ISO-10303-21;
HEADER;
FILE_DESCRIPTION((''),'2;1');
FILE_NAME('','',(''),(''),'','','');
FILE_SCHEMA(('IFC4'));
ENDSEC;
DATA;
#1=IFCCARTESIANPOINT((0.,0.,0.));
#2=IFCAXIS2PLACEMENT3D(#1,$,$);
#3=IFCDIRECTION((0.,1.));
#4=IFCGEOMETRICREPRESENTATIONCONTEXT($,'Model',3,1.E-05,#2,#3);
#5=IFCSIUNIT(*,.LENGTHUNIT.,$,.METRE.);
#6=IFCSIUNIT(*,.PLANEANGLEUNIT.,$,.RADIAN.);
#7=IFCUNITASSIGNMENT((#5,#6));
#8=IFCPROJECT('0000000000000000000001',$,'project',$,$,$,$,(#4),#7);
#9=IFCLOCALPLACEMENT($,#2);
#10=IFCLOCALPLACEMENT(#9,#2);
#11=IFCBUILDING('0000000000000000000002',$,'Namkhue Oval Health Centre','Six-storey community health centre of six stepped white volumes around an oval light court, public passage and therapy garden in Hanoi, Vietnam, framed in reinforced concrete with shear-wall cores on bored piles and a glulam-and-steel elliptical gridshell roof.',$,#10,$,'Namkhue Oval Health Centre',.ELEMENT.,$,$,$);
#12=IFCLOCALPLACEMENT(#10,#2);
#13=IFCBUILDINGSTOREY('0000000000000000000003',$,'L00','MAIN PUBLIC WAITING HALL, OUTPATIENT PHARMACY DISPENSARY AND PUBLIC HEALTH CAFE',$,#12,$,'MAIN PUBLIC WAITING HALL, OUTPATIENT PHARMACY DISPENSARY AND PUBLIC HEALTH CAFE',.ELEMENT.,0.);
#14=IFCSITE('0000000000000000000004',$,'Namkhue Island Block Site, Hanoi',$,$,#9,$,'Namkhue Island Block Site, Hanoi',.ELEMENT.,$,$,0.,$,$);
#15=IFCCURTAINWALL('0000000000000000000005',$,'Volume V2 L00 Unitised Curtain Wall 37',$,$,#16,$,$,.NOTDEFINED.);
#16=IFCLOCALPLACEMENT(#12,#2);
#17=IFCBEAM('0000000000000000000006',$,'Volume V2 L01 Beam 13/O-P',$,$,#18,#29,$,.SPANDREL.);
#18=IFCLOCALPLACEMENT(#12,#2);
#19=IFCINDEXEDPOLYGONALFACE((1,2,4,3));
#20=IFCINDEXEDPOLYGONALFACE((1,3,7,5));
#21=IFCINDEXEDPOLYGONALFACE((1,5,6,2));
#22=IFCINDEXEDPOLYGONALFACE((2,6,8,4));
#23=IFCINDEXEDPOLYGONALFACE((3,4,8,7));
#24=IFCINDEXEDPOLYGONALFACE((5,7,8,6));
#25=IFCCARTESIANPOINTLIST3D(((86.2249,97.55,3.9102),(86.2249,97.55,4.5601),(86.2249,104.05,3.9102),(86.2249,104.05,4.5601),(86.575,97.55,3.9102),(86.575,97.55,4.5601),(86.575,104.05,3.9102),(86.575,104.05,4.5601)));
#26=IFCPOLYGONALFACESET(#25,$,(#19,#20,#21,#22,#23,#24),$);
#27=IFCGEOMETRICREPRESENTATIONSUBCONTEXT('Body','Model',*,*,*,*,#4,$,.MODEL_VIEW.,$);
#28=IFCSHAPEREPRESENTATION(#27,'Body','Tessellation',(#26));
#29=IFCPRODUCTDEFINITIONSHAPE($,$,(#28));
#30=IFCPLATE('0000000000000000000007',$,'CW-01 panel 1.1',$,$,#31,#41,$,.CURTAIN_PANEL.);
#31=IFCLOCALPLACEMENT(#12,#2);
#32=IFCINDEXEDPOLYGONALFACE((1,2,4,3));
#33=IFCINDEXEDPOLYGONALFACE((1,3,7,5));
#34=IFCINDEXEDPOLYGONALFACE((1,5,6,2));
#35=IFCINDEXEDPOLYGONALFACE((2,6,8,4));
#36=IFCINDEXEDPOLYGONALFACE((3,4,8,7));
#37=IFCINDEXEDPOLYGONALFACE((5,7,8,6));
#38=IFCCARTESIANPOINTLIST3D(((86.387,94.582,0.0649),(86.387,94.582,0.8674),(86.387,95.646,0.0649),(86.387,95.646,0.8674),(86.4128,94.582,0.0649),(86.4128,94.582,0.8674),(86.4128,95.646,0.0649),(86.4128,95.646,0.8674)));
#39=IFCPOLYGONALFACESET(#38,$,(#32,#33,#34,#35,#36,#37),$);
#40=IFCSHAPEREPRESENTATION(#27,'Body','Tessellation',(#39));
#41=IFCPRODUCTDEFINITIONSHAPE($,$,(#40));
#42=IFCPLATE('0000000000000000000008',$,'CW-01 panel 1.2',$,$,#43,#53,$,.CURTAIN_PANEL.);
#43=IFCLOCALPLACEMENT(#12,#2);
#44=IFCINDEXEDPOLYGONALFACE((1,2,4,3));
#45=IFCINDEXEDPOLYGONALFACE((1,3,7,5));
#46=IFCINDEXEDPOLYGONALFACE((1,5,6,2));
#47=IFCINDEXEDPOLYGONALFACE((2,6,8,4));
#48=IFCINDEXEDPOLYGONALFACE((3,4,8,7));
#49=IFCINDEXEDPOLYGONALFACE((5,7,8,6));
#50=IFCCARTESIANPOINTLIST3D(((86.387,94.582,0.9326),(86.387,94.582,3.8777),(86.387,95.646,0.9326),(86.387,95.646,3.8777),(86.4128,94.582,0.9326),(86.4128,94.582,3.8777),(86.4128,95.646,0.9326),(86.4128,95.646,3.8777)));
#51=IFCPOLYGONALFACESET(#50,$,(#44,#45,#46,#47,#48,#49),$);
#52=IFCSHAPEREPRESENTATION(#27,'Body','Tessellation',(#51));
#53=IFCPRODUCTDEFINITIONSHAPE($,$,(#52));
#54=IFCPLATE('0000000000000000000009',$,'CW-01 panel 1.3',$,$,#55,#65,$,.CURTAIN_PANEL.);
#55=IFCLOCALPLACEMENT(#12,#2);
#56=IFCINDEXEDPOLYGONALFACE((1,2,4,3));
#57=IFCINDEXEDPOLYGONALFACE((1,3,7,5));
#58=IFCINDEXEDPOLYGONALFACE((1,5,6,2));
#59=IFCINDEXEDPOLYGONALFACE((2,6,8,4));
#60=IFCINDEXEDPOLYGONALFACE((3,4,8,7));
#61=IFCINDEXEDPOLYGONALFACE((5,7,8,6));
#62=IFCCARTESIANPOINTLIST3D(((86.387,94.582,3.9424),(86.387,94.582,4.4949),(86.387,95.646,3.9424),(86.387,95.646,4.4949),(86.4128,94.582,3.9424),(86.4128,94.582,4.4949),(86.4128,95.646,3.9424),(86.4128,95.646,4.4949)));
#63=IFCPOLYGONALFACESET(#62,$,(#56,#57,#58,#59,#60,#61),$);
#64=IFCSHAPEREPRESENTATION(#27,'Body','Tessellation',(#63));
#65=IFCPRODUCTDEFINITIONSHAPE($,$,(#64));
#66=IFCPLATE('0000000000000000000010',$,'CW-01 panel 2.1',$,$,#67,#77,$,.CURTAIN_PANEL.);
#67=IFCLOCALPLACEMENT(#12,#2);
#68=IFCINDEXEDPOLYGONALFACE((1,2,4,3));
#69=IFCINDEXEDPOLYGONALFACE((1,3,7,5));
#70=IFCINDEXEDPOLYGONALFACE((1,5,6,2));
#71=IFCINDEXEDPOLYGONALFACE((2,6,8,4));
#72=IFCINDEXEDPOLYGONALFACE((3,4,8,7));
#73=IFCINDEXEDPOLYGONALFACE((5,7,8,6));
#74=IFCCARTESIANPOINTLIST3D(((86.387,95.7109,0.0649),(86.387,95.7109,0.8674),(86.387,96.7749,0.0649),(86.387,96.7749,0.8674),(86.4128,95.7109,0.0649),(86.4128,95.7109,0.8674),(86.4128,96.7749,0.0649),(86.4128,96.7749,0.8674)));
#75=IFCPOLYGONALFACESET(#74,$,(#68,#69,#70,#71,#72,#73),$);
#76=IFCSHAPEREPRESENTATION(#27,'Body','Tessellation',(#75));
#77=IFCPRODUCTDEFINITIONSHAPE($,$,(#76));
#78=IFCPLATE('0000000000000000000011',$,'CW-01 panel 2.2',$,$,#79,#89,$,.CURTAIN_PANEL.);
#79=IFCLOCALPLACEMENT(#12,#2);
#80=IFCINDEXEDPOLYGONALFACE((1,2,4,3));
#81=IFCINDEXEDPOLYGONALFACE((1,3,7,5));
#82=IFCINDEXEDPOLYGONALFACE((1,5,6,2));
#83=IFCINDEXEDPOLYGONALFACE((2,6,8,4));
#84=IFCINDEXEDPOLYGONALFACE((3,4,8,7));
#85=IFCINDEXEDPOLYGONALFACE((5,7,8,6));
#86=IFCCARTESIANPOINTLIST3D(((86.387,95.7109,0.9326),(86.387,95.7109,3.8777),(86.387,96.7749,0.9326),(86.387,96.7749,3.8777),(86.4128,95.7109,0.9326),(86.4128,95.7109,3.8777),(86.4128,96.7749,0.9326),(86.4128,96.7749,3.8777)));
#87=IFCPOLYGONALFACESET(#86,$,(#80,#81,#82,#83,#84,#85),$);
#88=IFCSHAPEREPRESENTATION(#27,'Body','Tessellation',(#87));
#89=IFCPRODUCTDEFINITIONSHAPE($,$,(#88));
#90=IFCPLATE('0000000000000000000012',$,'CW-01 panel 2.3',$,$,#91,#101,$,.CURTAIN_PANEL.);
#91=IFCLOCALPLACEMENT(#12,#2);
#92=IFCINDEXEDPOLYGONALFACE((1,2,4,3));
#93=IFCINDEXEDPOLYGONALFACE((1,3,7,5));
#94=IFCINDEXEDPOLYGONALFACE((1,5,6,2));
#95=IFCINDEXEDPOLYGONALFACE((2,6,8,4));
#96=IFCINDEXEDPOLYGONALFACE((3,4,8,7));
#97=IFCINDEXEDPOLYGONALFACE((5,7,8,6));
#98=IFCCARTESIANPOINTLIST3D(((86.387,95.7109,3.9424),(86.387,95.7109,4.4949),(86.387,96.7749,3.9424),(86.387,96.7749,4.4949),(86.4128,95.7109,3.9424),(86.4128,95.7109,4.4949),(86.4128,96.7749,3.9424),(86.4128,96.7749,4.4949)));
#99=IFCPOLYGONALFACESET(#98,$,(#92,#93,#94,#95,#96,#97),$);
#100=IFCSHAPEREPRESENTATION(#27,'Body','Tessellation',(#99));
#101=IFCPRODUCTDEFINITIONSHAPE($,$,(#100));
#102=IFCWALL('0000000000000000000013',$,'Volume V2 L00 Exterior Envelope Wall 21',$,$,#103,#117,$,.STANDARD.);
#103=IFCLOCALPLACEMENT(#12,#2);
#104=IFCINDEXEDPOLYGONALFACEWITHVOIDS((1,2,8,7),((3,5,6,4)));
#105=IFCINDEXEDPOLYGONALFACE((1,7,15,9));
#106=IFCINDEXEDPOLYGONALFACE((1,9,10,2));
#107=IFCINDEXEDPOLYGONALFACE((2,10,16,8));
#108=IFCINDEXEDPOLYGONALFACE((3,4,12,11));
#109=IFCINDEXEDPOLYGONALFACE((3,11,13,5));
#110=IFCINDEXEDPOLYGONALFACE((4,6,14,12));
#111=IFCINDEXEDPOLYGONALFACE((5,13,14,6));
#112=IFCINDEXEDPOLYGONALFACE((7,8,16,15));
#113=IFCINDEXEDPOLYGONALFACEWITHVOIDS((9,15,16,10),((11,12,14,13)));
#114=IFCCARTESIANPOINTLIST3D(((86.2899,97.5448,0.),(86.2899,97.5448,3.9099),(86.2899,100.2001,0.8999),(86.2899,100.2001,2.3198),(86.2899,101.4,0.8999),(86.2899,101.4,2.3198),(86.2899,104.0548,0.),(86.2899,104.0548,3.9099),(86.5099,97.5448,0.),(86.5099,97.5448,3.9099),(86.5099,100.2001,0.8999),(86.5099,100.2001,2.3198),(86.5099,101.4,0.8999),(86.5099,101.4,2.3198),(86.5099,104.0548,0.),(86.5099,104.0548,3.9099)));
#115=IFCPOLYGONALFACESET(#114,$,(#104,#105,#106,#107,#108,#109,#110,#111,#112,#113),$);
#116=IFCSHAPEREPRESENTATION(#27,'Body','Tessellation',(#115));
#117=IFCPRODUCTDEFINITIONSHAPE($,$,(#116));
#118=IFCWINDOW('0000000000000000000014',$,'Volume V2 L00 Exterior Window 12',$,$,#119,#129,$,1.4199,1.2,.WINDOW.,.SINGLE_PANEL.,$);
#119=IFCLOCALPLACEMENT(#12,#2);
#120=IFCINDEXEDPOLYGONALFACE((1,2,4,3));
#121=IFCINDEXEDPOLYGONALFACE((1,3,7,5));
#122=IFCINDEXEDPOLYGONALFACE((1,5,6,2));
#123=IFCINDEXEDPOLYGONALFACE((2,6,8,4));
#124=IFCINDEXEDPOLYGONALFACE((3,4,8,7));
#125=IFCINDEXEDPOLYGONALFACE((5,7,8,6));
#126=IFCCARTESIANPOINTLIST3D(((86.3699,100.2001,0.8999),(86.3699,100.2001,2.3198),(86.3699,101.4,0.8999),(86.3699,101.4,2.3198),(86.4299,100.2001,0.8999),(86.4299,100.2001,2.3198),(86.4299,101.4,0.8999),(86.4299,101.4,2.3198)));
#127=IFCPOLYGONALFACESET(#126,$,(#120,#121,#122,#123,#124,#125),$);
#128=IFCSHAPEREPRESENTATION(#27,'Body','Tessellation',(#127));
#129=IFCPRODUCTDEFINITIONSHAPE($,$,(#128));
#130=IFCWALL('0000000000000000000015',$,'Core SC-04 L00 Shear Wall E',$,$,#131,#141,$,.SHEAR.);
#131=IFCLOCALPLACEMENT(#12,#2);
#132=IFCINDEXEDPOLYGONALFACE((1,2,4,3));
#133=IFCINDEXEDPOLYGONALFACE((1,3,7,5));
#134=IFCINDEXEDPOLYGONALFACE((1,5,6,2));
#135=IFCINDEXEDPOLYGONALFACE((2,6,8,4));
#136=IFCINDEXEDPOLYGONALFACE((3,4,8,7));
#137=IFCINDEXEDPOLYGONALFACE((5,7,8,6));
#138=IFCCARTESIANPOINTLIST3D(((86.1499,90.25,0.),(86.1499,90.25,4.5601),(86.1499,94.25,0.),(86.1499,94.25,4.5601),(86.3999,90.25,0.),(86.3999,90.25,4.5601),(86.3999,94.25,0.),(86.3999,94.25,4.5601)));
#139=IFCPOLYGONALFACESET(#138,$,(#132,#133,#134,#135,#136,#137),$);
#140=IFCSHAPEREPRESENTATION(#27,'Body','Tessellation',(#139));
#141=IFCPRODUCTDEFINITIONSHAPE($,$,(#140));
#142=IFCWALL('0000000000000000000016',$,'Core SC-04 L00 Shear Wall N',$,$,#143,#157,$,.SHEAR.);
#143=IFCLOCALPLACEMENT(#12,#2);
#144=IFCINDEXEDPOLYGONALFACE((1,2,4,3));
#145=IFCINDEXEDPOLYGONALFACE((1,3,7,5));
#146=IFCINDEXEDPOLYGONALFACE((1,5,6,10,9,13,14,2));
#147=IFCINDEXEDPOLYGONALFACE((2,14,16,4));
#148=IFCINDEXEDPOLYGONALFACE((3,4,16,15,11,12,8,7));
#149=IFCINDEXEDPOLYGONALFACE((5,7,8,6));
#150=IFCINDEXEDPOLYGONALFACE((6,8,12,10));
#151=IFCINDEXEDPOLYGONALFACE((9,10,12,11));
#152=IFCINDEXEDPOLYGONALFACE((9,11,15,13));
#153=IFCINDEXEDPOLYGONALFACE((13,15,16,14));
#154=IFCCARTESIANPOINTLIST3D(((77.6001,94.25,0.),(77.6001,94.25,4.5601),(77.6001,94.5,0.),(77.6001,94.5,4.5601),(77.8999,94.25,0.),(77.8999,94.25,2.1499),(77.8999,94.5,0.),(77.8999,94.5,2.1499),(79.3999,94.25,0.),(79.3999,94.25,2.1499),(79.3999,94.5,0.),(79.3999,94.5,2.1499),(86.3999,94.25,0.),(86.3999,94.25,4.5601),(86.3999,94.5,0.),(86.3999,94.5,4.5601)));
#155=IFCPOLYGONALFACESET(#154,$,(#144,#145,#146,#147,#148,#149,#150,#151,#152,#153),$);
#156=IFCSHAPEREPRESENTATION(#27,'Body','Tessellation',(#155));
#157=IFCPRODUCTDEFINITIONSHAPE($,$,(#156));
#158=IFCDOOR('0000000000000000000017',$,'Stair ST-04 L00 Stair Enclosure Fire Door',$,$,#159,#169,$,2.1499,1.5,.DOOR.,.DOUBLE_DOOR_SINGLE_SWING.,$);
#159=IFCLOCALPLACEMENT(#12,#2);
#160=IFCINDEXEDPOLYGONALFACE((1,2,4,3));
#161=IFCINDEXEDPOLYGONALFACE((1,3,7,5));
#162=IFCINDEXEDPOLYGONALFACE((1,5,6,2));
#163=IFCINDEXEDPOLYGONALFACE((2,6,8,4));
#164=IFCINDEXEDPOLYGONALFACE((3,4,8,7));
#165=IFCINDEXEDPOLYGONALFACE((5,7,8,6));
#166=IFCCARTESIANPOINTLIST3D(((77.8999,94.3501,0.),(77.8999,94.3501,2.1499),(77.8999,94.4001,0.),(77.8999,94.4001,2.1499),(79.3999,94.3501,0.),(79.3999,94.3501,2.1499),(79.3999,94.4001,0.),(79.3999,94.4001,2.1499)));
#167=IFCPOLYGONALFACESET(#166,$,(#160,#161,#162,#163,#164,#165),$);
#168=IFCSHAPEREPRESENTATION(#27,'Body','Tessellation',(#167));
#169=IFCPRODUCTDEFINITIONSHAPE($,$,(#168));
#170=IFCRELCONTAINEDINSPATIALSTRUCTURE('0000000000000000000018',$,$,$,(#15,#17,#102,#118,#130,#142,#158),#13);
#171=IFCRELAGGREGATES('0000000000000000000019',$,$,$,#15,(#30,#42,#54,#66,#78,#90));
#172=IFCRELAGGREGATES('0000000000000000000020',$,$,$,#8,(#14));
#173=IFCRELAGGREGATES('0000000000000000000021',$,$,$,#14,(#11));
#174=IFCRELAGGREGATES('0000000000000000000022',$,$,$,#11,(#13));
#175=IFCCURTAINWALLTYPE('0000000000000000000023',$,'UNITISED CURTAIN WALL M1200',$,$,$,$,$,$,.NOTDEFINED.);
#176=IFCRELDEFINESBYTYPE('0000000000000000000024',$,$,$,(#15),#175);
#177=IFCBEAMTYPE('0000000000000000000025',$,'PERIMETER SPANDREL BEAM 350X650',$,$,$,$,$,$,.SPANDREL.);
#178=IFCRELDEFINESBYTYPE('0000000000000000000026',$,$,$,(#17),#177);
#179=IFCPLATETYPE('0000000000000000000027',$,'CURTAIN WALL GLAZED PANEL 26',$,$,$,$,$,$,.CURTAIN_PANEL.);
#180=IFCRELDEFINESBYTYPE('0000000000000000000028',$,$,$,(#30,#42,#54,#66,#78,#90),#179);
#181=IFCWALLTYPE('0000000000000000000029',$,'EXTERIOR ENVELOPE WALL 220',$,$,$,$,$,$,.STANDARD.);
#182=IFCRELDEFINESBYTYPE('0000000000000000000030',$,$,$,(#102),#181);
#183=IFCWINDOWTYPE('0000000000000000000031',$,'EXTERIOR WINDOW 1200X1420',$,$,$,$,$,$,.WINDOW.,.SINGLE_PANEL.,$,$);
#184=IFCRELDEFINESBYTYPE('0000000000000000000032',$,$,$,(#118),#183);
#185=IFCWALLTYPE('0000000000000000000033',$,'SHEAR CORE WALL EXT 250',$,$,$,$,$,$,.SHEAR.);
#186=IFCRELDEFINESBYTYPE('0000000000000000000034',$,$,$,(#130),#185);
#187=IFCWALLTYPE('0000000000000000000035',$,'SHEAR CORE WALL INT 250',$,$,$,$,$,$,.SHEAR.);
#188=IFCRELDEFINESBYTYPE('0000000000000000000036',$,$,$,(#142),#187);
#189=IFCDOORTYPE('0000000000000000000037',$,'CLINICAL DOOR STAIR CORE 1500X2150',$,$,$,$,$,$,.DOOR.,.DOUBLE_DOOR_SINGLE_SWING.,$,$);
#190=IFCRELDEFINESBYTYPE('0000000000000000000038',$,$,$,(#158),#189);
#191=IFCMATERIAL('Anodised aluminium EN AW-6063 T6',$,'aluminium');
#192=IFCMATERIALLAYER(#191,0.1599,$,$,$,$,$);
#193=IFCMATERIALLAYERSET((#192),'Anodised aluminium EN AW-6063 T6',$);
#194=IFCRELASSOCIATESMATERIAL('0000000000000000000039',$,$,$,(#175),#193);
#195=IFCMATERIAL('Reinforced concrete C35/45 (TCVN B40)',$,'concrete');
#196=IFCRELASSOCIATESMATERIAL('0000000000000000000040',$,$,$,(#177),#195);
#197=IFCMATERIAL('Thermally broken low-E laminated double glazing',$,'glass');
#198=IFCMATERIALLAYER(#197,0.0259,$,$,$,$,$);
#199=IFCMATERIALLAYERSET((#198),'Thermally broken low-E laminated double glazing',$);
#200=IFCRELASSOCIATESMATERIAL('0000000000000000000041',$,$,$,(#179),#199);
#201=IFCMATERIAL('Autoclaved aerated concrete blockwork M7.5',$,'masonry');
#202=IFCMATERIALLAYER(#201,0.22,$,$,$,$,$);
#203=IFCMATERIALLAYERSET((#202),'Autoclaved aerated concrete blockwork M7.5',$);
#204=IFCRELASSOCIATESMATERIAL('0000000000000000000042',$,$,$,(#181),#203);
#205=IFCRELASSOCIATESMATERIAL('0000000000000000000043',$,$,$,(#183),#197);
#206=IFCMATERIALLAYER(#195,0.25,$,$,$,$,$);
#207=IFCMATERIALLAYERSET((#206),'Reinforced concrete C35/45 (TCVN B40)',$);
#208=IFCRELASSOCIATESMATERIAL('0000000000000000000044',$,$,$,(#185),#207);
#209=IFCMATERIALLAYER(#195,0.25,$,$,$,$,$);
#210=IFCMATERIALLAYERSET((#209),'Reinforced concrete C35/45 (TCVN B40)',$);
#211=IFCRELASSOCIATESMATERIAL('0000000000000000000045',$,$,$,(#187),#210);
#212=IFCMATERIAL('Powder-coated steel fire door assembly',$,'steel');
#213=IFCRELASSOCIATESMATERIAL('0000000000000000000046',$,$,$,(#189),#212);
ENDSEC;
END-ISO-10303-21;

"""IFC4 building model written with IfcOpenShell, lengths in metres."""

from ifc_helpers import new_model, si_unit, direction, frame, frame_2d, origin, origin_2d, place, context, subcontext, project, spatial, rectangle, extrude, material, layer, layer_set, material_profile, profile_set, type_object, element, fill, aggregate, save


model = new_model("IFC4")

# Units and contexts
model_context = context("Model", 3, precision=1e-05, world=origin(), true_north=direction((0.0, 1.0)))
body_context = subcontext(model_context, "Body", "Model", "MODEL_VIEW")
ifc_project = project(units=[si_unit("LENGTHUNIT", "METRE"), si_unit("PLANEANGLEUNIT", "RADIAN")], contexts=[model_context])

# Site, building, storey
site_placement = place(None, origin())
site = spatial("IfcSite", under=ifc_project, at=site_placement, Name="Namkhue Island Block Site, Hanoi", LongName="Namkhue Island Block Site, Hanoi", CompositionType="ELEMENT", RefElevation=0.0)
building_placement = place(site_placement, origin())
building = spatial("IfcBuilding", under=site, at=building_placement, Name="Namkhue Oval Health Centre", Description="Six-storey community health centre of six stepped white volumes around an oval light court, public passage and therapy garden in Hanoi, Vietnam, framed in reinforced concrete with shear-wall cores on bored piles and a glulam-and-steel elliptical gridshell roof.", LongName="Namkhue Oval Health Centre", CompositionType="ELEMENT")
storey_placement = place(building_placement, origin())
storey = spatial("IfcBuildingStorey", under=building, at=storey_placement, Name="L00", Description="MAIN PUBLIC WAITING HALL, OUTPATIENT PHARMACY DISPENSARY AND PUBLIC HEALTH CAFE", LongName="MAIN PUBLIC WAITING HALL, OUTPATIENT PHARMACY DISPENSARY AND PUBLIC HEALTH CAFE", CompositionType="ELEMENT", Elevation=0.0)

# Shared definitions
ifc_material_1 = material(Name="Reinforced concrete C35/45 (TCVN B40)", Category="concrete")

# Curtain wall
ifc_material_2 = material(Name="Anodised aluminium EN AW-6063 T6", Category="aluminium")
ifc_layer_1 = layer(ifc_material_2, 0.1599)
ifc_layer_set_1 = layer_set([ifc_layer_1], Name="Anodised aluminium EN AW-6063 T6")
curtain_wall_type = type_object("IfcCurtainWallType", Name="UNITISED CURTAIN WALL M1200", PredefinedType="NOTDEFINED", material=ifc_layer_set_1)
curtain_wall_placement = place(storey_placement, origin())
curtain_wall = element("IfcCurtainWall", 1, at=curtain_wall_placement, inside=storey, type_object=curtain_wall_type, Name="Volume V2 L00 Unitised Curtain Wall 37", PredefinedType="NOTDEFINED")

# Beam
ifc_material_profile_1 = material_profile(ifc_material_1, rectangle(XDim=0.3501, YDim=0.6499, at=origin_2d()), Name="RC 350x650")
ifc_profile_set_1 = profile_set([ifc_material_profile_1], Name="Reinforced concrete C35/45 (TCVN B40)")
beam_type = type_object("IfcBeamType", Name="PERIMETER SPANDREL BEAM 350X650", PredefinedType="SPANDREL", material=ifc_profile_set_1)
beam_placement = place(storey_placement, frame((86.3999, 97.55, 4.2351), z_axis=(0.0, 1.0, 0.0), x_axis=(-1.0, 0.0, 0.0)))
element("IfcBeam", 2, at=beam_placement, inside=storey, type_object=beam_type, Name="Volume V2 L01 Beam 13/O-P", PredefinedType="SPANDREL", context=body_context, shape_type="SweptSolid", body=[
    extrude(rectangle(XDim=0.3501, YDim=0.6499, at=origin_2d()), origin(), (0.0, 0.0, 1.0), 6.5),
])

# Plates
ifc_material_3 = material(Name="Thermally broken low-E laminated double glazing", Category="glass")
ifc_layer_2 = layer(ifc_material_3, 0.0259)
ifc_layer_set_2 = layer_set([ifc_layer_2], Name="Thermally broken low-E laminated double glazing")
plate_type = type_object("IfcPlateType", Name="CURTAIN WALL GLAZED PANEL 26", PredefinedType="CURTAIN_PANEL", material=ifc_layer_set_2)
plate_1_placement = place(storey_placement, frame((86.3999, 95.114, 0.0649), z_axis=(0.0, 0.0, 1.0), x_axis=(0.0, 1.0, 0.0)))
plate_1 = element("IfcPlate", 3, at=plate_1_placement, type_object=plate_type, Name="CW-01 panel 1.1", PredefinedType="CURTAIN_PANEL", context=body_context, shape_type="SweptSolid", body=[
    extrude(rectangle(XDim=1.064, YDim=0.0259, at=origin_2d()), origin(), (0.0, 0.0, 1.0), 0.8025),
])
plate_2_placement = place(storey_placement, frame((86.3999, 95.114, 0.9326), z_axis=(0.0, 0.0, 1.0), x_axis=(0.0, 1.0, 0.0)))
plate_2 = element("IfcPlate", 4, at=plate_2_placement, type_object=plate_type, Name="CW-01 panel 1.2", PredefinedType="CURTAIN_PANEL", context=body_context, shape_type="SweptSolid", body=[
    extrude(rectangle(XDim=1.064, YDim=0.0259, at=origin_2d()), origin(), (0.0, 0.0, 1.0), 2.9451),
])
plate_3_placement = place(storey_placement, frame((86.3999, 95.114, 3.9424), z_axis=(0.0, 0.0, 1.0), x_axis=(0.0, 1.0, 0.0)))
plate_3 = element("IfcPlate", 5, at=plate_3_placement, type_object=plate_type, Name="CW-01 panel 1.3", PredefinedType="CURTAIN_PANEL", context=body_context, shape_type="SweptSolid", body=[
    extrude(rectangle(XDim=1.064, YDim=0.0259, at=origin_2d()), origin(), (0.0, 0.0, 1.0), 0.5525),
])
plate_4_placement = place(storey_placement, frame((86.3999, 96.2429, 0.0649), z_axis=(0.0, 0.0, 1.0), x_axis=(0.0, 1.0, 0.0)))
plate_4 = element("IfcPlate", 6, at=plate_4_placement, type_object=plate_type, Name="CW-01 panel 2.1", PredefinedType="CURTAIN_PANEL", context=body_context, shape_type="SweptSolid", body=[
    extrude(rectangle(XDim=1.064, YDim=0.0259, at=origin_2d()), origin(), (0.0, 0.0, 1.0), 0.8025),
])
plate_5_placement = place(storey_placement, frame((86.3999, 96.2429, 0.9326), z_axis=(0.0, 0.0, 1.0), x_axis=(0.0, 1.0, 0.0)))
plate_5 = element("IfcPlate", 7, at=plate_5_placement, type_object=plate_type, Name="CW-01 panel 2.2", PredefinedType="CURTAIN_PANEL", context=body_context, shape_type="SweptSolid", body=[
    extrude(rectangle(XDim=1.064, YDim=0.0259, at=origin_2d()), origin(), (0.0, 0.0, 1.0), 2.9451),
])
plate_6_placement = place(storey_placement, frame((86.3999, 96.2429, 3.9424), z_axis=(0.0, 0.0, 1.0), x_axis=(0.0, 1.0, 0.0)))
plate_6 = element("IfcPlate", 8, at=plate_6_placement, type_object=plate_type, Name="CW-01 panel 2.3", PredefinedType="CURTAIN_PANEL", context=body_context, shape_type="SweptSolid", body=[
    extrude(rectangle(XDim=1.064, YDim=0.0259, at=origin_2d()), origin(), (0.0, 0.0, 1.0), 0.5525),
])
aggregate(curtain_wall, [plate_1, plate_2, plate_3, plate_4, plate_5, plate_6])

# Wall, opening, window
ifc_material_4 = material(Name="Autoclaved aerated concrete blockwork M7.5", Category="masonry")
ifc_layer_3 = layer(ifc_material_4, 0.22)
ifc_layer_set_3 = layer_set([ifc_layer_3], Name="Autoclaved aerated concrete blockwork M7.5")
wall_type_1 = type_object("IfcWallType", Name="EXTERIOR ENVELOPE WALL 220", PredefinedType="STANDARD", material=ifc_layer_set_3)
wall_1_placement = place(storey_placement, frame((86.3999, 97.5449, 0.0), z_axis=(0.0, 0.0, 1.0), x_axis=(0.0, 1.0, 0.0)))
wall_1 = element("IfcWall", 9, at=wall_1_placement, inside=storey, type_object=wall_type_1, Name="Volume V2 L00 Exterior Envelope Wall 21", PredefinedType="STANDARD", context=body_context, shape_type="SweptSolid", body=[
    extrude(rectangle(XDim=6.51, YDim=0.22, at=frame_2d((3.2549, 0.0))), origin(), (0.0, 0.0, 1.0), 3.9099),
])
opening_1_placement = place(wall_1_placement, frame((2.655, 0.0, 0.8999)))
opening_1 = element("IfcOpeningElement", 10, at=opening_1_placement, cuts=wall_1, PredefinedType="OPENING", context=body_context, shape_type="SweptSolid", body=[
    extrude(rectangle(XDim=1.2, YDim=1.4199, at=frame_2d((0.6001, 0.71))), frame((0.0, 0.1199, 0.0), z_axis=(0.0, -1.0, 0.0), x_axis=(1.0, 0.0, 0.0)), (0.0, 0.0, 1.0), 0.24),
])
window_type = type_object("IfcWindowType", Name="EXTERIOR WINDOW 1200X1420", PartitioningType="SINGLE_PANEL", PredefinedType="WINDOW", material=ifc_material_3)
window_placement = place(opening_1_placement, origin())
window = element("IfcWindow", 11, at=window_placement, inside=storey, type_object=window_type, Name="Volume V2 L00 Exterior Window 12", OverallHeight=1.4199, OverallWidth=1.2, PartitioningType="SINGLE_PANEL", PredefinedType="WINDOW", context=body_context, shape_type="SweptSolid", body=[
    extrude(rectangle(XDim=1.2, YDim=1.4199, at=frame_2d((0.6001, 0.71))), frame((0.0, 0.03, 0.0), z_axis=(0.0, -1.0, 0.0), x_axis=(1.0, 0.0, 0.0)), (0.0, 0.0, 1.0), 0.0601),
])
fill(opening_1, window)

# Wall
ifc_layer_4 = layer(ifc_material_1, 0.25)
ifc_layer_set_4 = layer_set([ifc_layer_4], Name="Reinforced concrete C35/45 (TCVN B40)")
wall_type_2 = type_object("IfcWallType", Name="SHEAR CORE WALL EXT 250", PredefinedType="SHEAR", material=ifc_layer_set_4)
wall_2_placement = place(storey_placement, frame((86.2749, 90.25, 0.0), z_axis=(0.0, 0.0, 1.0), x_axis=(0.0, 1.0, 0.0)))
element("IfcWall", 12, at=wall_2_placement, inside=storey, type_object=wall_type_2, Name="Core SC-04 L00 Shear Wall E", PredefinedType="SHEAR", context=body_context, shape_type="SweptSolid", body=[
    extrude(rectangle(XDim=4.0, YDim=0.25, at=frame_2d((2.0, 0.0))), origin(), (0.0, 0.0, 1.0), 4.5601),
])

# Wall, opening, door
ifc_layer_5 = layer(ifc_material_1, 0.25)
ifc_layer_set_5 = layer_set([ifc_layer_5], Name="Reinforced concrete C35/45 (TCVN B40)")
wall_type_3 = type_object("IfcWallType", Name="SHEAR CORE WALL INT 250", PredefinedType="SHEAR", material=ifc_layer_set_5)
wall_3_placement = place(storey_placement, frame((86.3999, 94.375, 0.0), z_axis=(0.0, 0.0, 1.0), x_axis=(-1.0, 0.0, 0.0)))
wall_3 = element("IfcWall", 13, at=wall_3_placement, inside=storey, type_object=wall_type_3, Name="Core SC-04 L00 Shear Wall N", PredefinedType="SHEAR", context=body_context, shape_type="SweptSolid", body=[
    extrude(rectangle(XDim=8.7998, YDim=0.25, at=frame_2d((4.3999, 0.0))), origin(), (0.0, 0.0, 1.0), 4.5601),
])
opening_2_placement = place(wall_3_placement, frame((7.0, 0.0, 0.0)))
opening_2 = element("IfcOpeningElement", 14, at=opening_2_placement, cuts=wall_3, PredefinedType="OPENING", context=body_context, shape_type="SweptSolid", body=[
    extrude(rectangle(XDim=1.5, YDim=2.1499, at=frame_2d((0.75, 1.075))), frame((0.0, 0.135, 0.0), z_axis=(0.0, -1.0, 0.0), x_axis=(1.0, 0.0, 0.0)), (0.0, 0.0, 1.0), 0.27),
])
ifc_material_5 = material(Name="Powder-coated steel fire door assembly", Category="steel")
door_type = type_object("IfcDoorType", Name="CLINICAL DOOR STAIR CORE 1500X2150", OperationType="DOUBLE_DOOR_SINGLE_SWING", PredefinedType="DOOR", material=ifc_material_5)
door_placement = place(opening_2_placement, origin())
door = element("IfcDoor", 15, at=door_placement, inside=storey, type_object=door_type, Name="Stair ST-04 L00 Stair Enclosure Fire Door", OperationType="DOUBLE_DOOR_SINGLE_SWING", OverallHeight=2.1499, OverallWidth=1.5, PredefinedType="DOOR", context=body_context, shape_type="SweptSolid", body=[
    extrude(rectangle(XDim=1.5, YDim=2.1499, at=frame_2d((0.75, 1.075))), frame((0.0, 0.0249, 0.0), z_axis=(0.0, -1.0, 0.0), x_axis=(1.0, 0.0, 0.0)), (0.0, 0.0, 1.0), 0.05),
])
fill(opening_2, door)

save(model, "model.ifc")
